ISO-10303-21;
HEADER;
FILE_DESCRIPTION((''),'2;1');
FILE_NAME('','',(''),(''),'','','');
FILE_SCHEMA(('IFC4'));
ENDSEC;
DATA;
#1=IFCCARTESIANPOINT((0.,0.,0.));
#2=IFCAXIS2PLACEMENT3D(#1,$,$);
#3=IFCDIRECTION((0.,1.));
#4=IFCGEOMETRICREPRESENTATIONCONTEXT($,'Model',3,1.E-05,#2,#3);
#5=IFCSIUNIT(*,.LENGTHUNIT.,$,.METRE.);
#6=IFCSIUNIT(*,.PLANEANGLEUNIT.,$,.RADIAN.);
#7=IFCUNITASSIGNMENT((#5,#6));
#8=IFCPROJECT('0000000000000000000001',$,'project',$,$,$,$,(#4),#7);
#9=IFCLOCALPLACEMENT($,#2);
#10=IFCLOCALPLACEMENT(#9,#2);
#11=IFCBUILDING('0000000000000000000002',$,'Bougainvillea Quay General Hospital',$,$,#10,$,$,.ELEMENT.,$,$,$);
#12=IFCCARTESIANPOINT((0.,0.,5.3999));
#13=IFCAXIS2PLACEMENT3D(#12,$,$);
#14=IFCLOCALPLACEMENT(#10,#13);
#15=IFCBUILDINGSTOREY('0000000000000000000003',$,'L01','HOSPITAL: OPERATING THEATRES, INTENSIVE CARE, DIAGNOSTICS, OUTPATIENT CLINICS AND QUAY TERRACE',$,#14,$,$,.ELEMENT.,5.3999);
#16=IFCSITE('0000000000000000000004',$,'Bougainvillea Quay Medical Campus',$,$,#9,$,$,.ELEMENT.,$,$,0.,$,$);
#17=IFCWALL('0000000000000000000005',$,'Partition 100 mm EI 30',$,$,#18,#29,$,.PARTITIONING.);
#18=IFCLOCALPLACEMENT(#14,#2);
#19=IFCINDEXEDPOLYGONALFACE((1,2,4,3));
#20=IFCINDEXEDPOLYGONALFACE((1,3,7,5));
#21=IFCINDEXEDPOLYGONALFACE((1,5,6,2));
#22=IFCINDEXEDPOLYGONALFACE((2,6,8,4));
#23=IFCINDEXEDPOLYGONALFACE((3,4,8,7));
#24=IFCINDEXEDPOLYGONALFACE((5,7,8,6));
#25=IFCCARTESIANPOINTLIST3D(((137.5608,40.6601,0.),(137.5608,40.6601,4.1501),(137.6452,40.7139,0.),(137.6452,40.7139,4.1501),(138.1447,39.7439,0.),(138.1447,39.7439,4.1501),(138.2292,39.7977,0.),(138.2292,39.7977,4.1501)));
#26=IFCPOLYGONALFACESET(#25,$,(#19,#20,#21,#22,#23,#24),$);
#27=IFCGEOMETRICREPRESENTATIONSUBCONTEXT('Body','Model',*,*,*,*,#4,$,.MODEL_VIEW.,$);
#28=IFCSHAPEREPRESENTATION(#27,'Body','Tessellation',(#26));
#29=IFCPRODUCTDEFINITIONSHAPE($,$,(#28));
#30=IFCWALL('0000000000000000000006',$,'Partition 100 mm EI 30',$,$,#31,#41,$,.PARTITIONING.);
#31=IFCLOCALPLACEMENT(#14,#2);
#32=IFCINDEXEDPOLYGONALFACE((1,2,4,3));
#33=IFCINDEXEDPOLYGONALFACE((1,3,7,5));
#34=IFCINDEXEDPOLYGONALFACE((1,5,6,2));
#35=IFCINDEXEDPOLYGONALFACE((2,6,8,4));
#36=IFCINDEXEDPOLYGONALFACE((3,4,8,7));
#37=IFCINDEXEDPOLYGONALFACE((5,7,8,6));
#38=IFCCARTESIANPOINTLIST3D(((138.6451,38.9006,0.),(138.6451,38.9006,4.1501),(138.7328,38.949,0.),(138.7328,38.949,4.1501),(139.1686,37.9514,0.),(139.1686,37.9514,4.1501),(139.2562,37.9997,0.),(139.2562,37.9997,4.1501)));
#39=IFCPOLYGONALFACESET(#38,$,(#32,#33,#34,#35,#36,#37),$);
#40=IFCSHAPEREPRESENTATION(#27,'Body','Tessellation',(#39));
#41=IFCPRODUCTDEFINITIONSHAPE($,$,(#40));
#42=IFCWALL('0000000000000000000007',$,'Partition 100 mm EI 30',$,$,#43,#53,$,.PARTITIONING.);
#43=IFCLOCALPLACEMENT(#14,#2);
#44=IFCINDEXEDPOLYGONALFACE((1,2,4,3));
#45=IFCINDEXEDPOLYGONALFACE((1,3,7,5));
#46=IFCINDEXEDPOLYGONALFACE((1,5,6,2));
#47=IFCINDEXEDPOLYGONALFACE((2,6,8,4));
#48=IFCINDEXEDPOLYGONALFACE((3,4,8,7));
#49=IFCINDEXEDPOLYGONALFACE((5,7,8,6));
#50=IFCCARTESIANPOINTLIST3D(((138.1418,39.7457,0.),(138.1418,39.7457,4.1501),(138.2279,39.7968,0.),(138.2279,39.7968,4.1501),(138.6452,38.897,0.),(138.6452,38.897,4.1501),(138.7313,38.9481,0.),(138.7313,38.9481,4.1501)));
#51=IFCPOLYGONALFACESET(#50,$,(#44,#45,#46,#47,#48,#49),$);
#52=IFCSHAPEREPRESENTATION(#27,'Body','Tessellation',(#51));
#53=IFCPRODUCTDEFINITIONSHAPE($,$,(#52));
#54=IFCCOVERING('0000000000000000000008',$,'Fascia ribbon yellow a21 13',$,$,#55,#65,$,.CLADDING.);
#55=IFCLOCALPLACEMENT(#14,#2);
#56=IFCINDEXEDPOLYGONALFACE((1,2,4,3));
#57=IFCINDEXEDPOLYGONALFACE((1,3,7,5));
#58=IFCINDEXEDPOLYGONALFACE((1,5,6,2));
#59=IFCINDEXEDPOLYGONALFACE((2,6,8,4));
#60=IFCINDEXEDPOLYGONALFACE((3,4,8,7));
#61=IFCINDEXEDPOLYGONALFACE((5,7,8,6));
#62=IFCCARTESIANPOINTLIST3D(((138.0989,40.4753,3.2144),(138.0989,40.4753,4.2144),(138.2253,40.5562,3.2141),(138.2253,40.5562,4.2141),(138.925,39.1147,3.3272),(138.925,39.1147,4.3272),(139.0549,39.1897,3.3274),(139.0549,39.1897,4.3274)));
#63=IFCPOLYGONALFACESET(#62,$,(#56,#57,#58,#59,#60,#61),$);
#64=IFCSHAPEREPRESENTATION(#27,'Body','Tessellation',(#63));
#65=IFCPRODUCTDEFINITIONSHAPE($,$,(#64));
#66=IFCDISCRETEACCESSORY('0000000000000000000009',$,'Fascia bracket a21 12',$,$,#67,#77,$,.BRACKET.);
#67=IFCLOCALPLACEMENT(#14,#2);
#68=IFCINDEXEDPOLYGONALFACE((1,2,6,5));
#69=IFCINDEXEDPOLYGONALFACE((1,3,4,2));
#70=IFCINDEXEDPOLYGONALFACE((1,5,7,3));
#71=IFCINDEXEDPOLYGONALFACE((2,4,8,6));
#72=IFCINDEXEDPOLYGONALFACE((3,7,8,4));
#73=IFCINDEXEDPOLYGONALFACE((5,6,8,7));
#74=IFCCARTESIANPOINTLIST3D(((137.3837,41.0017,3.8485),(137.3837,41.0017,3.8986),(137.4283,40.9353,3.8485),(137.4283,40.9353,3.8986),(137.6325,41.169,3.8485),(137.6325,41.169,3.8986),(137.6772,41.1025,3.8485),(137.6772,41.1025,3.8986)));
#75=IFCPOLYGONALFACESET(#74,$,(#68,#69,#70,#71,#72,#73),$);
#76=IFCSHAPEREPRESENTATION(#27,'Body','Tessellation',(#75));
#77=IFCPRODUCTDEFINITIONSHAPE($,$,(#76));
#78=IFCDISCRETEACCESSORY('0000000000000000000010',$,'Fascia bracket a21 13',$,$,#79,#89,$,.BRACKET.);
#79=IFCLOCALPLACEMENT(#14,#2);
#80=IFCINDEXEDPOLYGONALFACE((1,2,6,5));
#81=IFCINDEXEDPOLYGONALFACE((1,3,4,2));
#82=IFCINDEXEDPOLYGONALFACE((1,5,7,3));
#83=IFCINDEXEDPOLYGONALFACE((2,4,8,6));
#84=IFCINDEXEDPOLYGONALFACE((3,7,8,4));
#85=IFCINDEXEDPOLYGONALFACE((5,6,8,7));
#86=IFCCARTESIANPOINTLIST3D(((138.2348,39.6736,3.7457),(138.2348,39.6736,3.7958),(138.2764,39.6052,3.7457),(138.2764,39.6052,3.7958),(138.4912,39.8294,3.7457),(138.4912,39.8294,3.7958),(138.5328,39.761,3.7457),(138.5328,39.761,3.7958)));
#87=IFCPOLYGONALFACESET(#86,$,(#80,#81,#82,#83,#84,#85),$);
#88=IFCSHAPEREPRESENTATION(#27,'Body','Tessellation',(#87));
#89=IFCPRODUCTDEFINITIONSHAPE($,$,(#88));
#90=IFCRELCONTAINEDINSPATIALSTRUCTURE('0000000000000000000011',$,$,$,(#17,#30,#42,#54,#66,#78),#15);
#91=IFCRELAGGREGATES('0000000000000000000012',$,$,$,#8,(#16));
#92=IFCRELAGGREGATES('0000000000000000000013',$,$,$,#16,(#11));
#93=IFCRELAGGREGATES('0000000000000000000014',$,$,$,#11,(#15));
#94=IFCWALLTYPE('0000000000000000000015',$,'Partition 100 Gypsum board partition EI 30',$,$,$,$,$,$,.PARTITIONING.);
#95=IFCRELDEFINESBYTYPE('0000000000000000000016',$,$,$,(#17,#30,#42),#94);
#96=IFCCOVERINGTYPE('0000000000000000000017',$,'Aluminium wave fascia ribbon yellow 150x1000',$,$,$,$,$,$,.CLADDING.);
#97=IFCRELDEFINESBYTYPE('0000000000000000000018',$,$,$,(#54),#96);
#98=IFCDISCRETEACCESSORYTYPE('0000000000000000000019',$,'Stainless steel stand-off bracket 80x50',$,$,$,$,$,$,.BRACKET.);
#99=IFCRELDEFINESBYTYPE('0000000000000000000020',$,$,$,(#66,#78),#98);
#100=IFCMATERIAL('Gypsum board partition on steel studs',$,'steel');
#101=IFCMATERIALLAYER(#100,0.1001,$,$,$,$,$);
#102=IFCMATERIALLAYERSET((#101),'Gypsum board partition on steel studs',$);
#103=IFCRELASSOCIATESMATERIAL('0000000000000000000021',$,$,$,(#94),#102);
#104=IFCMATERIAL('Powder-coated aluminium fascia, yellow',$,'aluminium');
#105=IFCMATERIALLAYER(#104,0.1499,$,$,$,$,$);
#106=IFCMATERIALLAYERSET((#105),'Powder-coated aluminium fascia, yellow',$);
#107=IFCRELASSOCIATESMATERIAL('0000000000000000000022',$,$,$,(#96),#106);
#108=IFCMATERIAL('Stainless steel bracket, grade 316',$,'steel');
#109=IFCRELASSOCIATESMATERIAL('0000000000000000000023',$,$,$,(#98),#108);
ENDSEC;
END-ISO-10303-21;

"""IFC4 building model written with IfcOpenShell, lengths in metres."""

from ifc_helpers import new_model, si_unit, direction, frame, frame_2d, origin, origin_2d, place, context, subcontext, project, spatial, polyline, rectangle, outline, extrude, material, layer, layer_set, material_profile, profile_set, type_object, element, save


model = new_model("IFC4")

# Units and contexts
model_context = context("Model", 3, precision=1e-05, world=origin(), true_north=direction((0.0, 1.0)))
body_context = subcontext(model_context, "Body", "Model", "MODEL_VIEW")
ifc_project = project(units=[si_unit("LENGTHUNIT", "METRE"), si_unit("PLANEANGLEUNIT", "RADIAN")], contexts=[model_context])

# Site, building, storey
site_placement = place(None, origin())
site = spatial("IfcSite", under=ifc_project, at=site_placement, Name="Bougainvillea Quay Medical Campus", CompositionType="ELEMENT", RefElevation=0.0)
building_placement = place(site_placement, origin())
building = spatial("IfcBuilding", under=site, at=building_placement, Name="Bougainvillea Quay General Hospital", CompositionType="ELEMENT")
storey_placement = place(building_placement, frame((0.0, 0.0, 5.3999)))
storey = spatial("IfcBuildingStorey", under=building, at=storey_placement, Name="L01", Description="HOSPITAL: OPERATING THEATRES, INTENSIVE CARE, DIAGNOSTICS, OUTPATIENT CLINICS AND QUAY TERRACE", CompositionType="ELEMENT", Elevation=5.3999)

# Walls
ifc_material_1 = material(Name="Gypsum board partition on steel studs", Category="steel")
ifc_layer_1 = layer(ifc_material_1, 0.1001)
ifc_layer_set_1 = layer_set([ifc_layer_1], Name="Gypsum board partition on steel studs")
wall_type = type_object("IfcWallType", Name="Partition 100 Gypsum board partition EI 30", PredefinedType="PARTITIONING", material=ifc_layer_set_1)
wall_1_placement = place(storey_placement, frame((137.603, 40.687, 0.0), z_axis=(0.0, 0.0, 1.0), x_axis=(0.537471, -0.843282, 0.0)))
element("IfcWall", 1, at=wall_1_placement, inside=storey, type_object=wall_type, Name="Partition 100 mm EI 30", PredefinedType="PARTITIONING", context=body_context, shape_type="SweptSolid", body=[
    extrude(rectangle(XDim=1.0864, YDim=0.1001, at=frame_2d((0.5432, 0.0))), origin(), (0.0, 0.0, 1.0), 4.1501),
])
wall_2_placement = place(storey_placement, frame((138.689, 38.9248, 0.0), z_axis=(0.0, 0.0, 1.0), x_axis=(0.482887, -0.875683, 0.0)))
element("IfcWall", 2, at=wall_2_placement, inside=storey, type_object=wall_type, Name="Partition 100 mm EI 30", PredefinedType="PARTITIONING", context=body_context, shape_type="SweptSolid", body=[
    extrude(rectangle(XDim=1.084, YDim=0.1001, at=frame_2d((0.542, 0.0))), origin(), (0.0, 0.0, 1.0), 4.1501),
])
wall_3_placement = place(storey_placement, frame((138.1848, 39.7712, 0.0), z_axis=(0.0, 0.0, 1.0), x_axis=(0.510196, -0.860058, 0.0)))
element("IfcWall", 3, at=wall_3_placement, inside=storey, type_object=wall_type, Name="Partition 100 mm EI 30", PredefinedType="PARTITIONING", context=body_context, shape_type="SweptSolid", body=[
    extrude(rectangle(XDim=0.9868, YDim=0.1001, at=frame_2d((0.4934, 0.0))), origin(), (0.0, 0.0, 1.0), 4.1501),
])

# Covering
ifc_material_2 = material(Name="Powder-coated aluminium fascia, yellow", Category="aluminium")
ifc_layer_2 = layer(ifc_material_2, 0.1499)
ifc_layer_set_2 = layer_set([ifc_layer_2], Name="Powder-coated aluminium fascia, yellow")
covering_type = type_object("IfcCoveringType", Name="Aluminium wave fascia ribbon yellow 150x1000", PredefinedType="CLADDING", material=ifc_layer_set_2)
covering_placement = place(storey_placement, frame((138.0989, 40.4753, 3.2144), z_axis=(-0.036705, 0.060408, 0.997499), x_axis=(0.517724, -0.852623, 0.070685)))
element("IfcCovering", 4, at=covering_placement, inside=storey, type_object=covering_type, Name="Fascia ribbon yellow a21 13", PredefinedType="CLADDING", context=body_context, shape_type="SweptSolid", body=[
    extrude(outline(polyline([(0.0, 0.0), (1.5958, 0.0), (1.5991, 0.1499), (-0.0034, 0.15), (0.0, 0.0)])), origin(), (0.070685, 0.000021, 0.997499), 1.0),
])

# Discrete accessories
ifc_material_3 = material(Name="Stainless steel bracket, grade 316", Category="steel")
ifc_material_profile_1 = material_profile(ifc_material_3, rectangle(XDim=0.0801, YDim=0.05, at=origin_2d()))
ifc_profile_set_1 = profile_set([ifc_material_profile_1], Name="Stainless steel bracket, grade 316")
discrete_accessory_type = type_object("IfcDiscreteAccessoryType", Name="Stainless steel stand-off bracket 80x50", PredefinedType="BRACKET", material=ifc_profile_set_1)
discrete_accessory_1_placement = place(storey_placement, frame((137.406, 40.9685, 3.8735), z_axis=(0.829914, 0.557891, 0.0), x_axis=(-0.557891, 0.829914, 0.0)))
element("IfcDiscreteAccessory", 5, at=discrete_accessory_1_placement, inside=storey, type_object=discrete_accessory_type, Name="Fascia bracket a21 12", PredefinedType="BRACKET", context=body_context, shape_type="SweptSolid", body=[
    extrude(rectangle(XDim=0.0801, YDim=0.05, at=origin_2d()), origin(), (0.0, 0.0, 1.0), 0.2998),
])
discrete_accessory_2_placement = place(storey_placement, frame((138.2556, 39.6394, 3.7708), z_axis=(0.854607, 0.519275, 0.0), x_axis=(-0.519275, 0.854607, 0.0)))
element("IfcDiscreteAccessory", 6, at=discrete_accessory_2_placement, inside=storey, type_object=discrete_accessory_type, Name="Fascia bracket a21 13", PredefinedType="BRACKET", context=body_context, shape_type="SweptSolid", body=[
    extrude(rectangle(XDim=0.0801, YDim=0.05, at=origin_2d()), origin(), (0.0, 0.0, 1.0), 0.3),
])

save(model, "model.ifc")
